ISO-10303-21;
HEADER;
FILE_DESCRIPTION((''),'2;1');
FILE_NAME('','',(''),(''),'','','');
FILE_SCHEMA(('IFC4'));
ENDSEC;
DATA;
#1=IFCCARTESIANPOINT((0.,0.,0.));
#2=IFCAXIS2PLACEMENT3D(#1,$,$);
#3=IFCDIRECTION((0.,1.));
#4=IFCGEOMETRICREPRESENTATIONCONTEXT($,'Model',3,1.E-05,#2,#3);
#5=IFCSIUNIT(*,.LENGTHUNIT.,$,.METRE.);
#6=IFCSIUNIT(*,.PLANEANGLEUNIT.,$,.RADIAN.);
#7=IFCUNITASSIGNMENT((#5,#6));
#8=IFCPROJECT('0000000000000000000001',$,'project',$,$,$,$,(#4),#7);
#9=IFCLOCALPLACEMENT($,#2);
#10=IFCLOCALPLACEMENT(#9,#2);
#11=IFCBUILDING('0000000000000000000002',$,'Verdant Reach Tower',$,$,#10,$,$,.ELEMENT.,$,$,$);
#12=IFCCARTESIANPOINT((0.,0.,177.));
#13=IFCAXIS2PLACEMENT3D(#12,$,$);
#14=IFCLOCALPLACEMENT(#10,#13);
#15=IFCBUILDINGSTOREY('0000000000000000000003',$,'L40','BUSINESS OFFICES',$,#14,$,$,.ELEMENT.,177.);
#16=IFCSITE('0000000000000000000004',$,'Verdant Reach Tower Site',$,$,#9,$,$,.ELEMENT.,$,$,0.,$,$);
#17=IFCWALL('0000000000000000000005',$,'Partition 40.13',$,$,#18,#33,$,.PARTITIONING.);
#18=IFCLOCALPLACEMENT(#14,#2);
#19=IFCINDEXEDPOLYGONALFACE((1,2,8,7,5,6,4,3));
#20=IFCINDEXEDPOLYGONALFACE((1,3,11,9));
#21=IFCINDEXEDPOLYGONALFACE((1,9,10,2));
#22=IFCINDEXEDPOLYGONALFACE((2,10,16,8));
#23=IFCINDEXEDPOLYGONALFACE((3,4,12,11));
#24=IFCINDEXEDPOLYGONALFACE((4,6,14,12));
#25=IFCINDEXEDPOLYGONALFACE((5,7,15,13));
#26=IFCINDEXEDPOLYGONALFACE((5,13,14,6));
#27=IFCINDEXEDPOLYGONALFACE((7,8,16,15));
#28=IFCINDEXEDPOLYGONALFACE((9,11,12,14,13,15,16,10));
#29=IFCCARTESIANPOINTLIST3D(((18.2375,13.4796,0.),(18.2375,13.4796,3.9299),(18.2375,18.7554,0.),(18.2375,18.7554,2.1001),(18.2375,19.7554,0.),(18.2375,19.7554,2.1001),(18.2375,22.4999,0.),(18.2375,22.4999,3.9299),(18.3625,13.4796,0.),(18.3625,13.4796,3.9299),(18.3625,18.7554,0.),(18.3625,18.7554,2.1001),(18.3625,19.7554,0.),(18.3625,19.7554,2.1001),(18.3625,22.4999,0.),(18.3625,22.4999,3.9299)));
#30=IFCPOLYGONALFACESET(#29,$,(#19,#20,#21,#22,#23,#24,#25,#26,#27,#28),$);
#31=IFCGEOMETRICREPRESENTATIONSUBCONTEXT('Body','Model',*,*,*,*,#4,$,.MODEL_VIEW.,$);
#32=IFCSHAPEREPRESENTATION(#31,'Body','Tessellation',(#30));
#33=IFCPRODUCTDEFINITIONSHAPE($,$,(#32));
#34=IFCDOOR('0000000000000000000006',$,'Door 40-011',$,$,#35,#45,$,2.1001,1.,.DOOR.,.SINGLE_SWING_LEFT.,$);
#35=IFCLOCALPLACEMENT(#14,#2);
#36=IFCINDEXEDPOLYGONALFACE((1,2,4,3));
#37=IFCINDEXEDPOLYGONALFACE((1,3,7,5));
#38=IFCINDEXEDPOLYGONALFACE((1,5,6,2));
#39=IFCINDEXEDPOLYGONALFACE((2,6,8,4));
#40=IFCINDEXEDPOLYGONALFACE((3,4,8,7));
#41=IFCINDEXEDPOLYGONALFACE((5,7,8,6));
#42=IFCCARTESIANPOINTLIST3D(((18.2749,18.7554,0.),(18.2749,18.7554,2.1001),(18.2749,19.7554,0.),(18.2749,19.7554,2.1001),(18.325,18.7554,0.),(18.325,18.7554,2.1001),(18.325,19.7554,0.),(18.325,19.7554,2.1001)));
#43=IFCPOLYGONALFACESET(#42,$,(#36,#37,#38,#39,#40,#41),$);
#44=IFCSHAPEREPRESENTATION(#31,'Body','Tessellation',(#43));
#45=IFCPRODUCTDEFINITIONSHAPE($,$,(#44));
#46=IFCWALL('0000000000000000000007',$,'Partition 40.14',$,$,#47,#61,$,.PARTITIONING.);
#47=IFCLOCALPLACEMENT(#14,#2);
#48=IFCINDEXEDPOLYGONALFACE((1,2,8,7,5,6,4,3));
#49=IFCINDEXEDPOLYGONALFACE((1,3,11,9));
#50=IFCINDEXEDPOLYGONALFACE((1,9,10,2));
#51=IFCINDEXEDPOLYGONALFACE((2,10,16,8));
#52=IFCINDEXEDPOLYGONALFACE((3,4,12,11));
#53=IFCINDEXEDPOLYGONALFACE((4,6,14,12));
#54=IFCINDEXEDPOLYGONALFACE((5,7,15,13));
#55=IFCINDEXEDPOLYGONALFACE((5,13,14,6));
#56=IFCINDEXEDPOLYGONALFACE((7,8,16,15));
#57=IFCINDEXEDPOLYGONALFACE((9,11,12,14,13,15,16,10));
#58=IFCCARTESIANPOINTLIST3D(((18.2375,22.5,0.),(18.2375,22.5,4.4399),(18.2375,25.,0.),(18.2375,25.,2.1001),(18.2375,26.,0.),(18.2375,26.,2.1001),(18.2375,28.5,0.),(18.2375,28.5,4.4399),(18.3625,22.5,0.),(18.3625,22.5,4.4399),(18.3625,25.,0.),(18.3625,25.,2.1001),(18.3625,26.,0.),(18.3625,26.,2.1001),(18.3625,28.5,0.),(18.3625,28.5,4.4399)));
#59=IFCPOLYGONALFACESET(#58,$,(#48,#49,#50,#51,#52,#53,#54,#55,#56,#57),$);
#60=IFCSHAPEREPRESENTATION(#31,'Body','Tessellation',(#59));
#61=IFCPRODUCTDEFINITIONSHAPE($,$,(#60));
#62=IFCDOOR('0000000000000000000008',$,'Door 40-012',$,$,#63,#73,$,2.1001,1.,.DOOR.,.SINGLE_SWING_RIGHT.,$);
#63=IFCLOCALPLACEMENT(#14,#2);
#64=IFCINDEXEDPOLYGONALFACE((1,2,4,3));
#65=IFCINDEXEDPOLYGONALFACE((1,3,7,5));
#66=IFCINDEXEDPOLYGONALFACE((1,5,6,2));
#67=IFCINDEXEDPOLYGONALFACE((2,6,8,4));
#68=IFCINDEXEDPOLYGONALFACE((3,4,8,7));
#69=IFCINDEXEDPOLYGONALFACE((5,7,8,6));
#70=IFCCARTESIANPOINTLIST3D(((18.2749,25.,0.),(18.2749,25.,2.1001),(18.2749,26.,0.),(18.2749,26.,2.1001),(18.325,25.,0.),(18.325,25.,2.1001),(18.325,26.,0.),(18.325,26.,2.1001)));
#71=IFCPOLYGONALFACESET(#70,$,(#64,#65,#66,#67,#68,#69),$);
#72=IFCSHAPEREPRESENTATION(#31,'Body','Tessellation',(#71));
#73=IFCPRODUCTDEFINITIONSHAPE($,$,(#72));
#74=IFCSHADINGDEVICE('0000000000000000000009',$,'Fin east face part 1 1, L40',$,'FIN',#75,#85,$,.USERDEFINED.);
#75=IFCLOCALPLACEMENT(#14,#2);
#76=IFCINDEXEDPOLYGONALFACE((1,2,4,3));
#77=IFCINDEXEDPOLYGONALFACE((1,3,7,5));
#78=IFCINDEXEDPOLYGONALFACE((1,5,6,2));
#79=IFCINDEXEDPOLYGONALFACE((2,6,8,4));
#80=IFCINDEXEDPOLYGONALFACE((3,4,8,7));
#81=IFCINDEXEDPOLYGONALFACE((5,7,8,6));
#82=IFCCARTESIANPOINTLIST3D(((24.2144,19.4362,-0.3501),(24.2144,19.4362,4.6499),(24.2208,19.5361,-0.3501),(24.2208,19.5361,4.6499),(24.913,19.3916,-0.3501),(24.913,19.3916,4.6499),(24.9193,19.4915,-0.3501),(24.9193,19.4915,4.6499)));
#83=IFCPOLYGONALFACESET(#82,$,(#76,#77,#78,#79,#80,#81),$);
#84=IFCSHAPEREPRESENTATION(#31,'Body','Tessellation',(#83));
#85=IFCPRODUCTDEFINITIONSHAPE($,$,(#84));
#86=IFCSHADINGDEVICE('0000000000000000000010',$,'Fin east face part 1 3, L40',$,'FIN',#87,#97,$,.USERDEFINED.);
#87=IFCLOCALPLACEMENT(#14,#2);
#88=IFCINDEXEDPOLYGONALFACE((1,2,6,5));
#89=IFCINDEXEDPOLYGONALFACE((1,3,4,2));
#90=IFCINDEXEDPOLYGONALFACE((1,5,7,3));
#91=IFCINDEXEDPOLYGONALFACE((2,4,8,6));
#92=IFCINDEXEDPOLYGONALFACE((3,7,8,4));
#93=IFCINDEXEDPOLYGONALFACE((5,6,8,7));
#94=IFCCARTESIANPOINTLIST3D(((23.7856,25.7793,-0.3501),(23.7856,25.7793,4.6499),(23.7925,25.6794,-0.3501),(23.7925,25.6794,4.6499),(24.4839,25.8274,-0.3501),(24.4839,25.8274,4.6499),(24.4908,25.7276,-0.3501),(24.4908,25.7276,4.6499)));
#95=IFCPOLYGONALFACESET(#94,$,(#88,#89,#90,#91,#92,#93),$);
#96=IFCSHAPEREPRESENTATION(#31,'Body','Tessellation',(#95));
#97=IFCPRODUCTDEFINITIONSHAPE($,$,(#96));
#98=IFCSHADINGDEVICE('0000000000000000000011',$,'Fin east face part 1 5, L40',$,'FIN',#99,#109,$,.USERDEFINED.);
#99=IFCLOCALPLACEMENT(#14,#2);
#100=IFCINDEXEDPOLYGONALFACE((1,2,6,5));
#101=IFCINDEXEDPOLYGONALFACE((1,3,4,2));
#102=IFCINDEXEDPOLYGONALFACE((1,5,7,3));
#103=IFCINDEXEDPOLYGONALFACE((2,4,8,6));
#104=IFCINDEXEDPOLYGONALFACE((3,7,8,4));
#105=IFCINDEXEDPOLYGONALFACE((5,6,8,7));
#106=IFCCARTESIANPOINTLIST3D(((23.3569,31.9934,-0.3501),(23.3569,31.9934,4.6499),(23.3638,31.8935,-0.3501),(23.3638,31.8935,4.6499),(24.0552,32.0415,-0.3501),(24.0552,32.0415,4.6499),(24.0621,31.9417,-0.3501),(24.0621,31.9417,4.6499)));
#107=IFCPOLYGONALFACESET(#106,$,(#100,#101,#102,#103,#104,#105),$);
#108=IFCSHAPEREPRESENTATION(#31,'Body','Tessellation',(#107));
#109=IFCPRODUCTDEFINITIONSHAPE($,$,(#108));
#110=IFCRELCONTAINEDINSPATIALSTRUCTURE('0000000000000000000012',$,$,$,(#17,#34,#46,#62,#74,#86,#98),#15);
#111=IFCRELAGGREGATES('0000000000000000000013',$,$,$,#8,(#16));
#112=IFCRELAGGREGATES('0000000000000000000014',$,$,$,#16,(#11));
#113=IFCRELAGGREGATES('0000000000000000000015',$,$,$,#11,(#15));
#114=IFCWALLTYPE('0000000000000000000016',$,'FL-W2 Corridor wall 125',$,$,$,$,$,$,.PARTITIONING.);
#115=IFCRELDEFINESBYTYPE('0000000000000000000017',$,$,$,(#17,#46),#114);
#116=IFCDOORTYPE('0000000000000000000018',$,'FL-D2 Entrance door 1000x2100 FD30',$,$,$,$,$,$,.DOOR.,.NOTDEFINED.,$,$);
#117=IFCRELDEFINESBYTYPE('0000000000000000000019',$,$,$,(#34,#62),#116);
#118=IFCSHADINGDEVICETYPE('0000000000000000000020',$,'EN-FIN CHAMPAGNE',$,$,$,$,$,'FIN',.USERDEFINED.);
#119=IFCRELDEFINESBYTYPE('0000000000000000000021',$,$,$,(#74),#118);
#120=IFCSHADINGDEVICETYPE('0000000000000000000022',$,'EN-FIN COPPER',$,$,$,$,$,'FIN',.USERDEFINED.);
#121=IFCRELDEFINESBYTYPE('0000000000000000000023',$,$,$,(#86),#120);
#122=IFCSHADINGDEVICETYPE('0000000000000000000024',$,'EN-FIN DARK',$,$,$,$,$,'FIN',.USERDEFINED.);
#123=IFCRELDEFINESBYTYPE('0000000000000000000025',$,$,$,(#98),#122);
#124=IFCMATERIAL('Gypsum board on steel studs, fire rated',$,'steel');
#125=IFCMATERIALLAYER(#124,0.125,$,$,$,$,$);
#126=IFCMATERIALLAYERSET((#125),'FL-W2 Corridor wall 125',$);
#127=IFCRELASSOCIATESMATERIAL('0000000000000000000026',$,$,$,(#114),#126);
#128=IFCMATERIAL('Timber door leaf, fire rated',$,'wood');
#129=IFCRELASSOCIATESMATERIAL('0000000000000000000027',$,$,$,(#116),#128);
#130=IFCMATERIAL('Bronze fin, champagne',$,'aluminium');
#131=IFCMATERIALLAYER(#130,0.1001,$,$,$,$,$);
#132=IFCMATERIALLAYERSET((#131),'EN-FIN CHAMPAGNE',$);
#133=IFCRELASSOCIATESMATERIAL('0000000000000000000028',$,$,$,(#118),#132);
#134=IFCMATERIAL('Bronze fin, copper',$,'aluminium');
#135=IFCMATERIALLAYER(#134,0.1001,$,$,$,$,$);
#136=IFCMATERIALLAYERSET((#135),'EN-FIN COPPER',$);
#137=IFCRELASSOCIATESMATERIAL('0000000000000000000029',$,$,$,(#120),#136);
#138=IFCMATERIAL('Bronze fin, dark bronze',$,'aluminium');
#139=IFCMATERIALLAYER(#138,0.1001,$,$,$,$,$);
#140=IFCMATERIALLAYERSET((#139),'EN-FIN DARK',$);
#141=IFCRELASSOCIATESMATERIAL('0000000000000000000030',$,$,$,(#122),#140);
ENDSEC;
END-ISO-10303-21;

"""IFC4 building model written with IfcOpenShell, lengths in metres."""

from ifc_helpers import new_model, si_unit, direction, frame, frame_2d, origin, origin_2d, place, context, subcontext, project, spatial, rectangle, extrude, material, layer, layer_set, type_object, element, fill, save


model = new_model("IFC4")

# Units and contexts
model_context = context("Model", 3, precision=1e-05, world=origin(), true_north=direction((0.0, 1.0)))
body_context = subcontext(model_context, "Body", "Model", "MODEL_VIEW")
ifc_project = project(units=[si_unit("LENGTHUNIT", "METRE"), si_unit("PLANEANGLEUNIT", "RADIAN")], contexts=[model_context])

# Site, building, storey
site_placement = place(None, origin())
site = spatial("IfcSite", under=ifc_project, at=site_placement, Name="Verdant Reach Tower Site", CompositionType="ELEMENT", RefElevation=0.0)
building_placement = place(site_placement, origin())
building = spatial("IfcBuilding", under=site, at=building_placement, Name="Verdant Reach Tower", CompositionType="ELEMENT")
storey_placement = place(building_placement, frame((0.0, 0.0, 177.0)))
storey = spatial("IfcBuildingStorey", under=building, at=storey_placement, Name="L40", Description="BUSINESS OFFICES", CompositionType="ELEMENT", Elevation=177.0)

# Walls, openings, doors
ifc_material_1 = material(Name="Gypsum board on steel studs, fire rated", Category="steel")
ifc_layer_1 = layer(ifc_material_1, 0.125)
ifc_layer_set_1 = layer_set([ifc_layer_1], Name="FL-W2 Corridor wall 125")
wall_type_1 = type_object("IfcWallType", Name="FL-W2 Corridor wall 125", PredefinedType="PARTITIONING", material=ifc_layer_set_1)
wall_1_placement = place(storey_placement, frame((18.3, 22.5, 0.0), z_axis=(0.0, 0.0, 1.0), x_axis=(0.0, -1.0, 0.0)))
wall_1 = element("IfcWall", 1, at=wall_1_placement, inside=storey, type_object=wall_type_1, Name="Partition 40.13", PredefinedType="PARTITIONING", context=body_context, shape_type="SweptSolid", body=[
    extrude(rectangle(XDim=9.0203, YDim=0.125, at=frame_2d((4.5103, 0.0))), origin(), (0.0, 0.0, 1.0), 3.9299),
])
opening_1_placement = place(wall_1_placement, frame((2.7446, 0.0, 0.0)))
opening_1 = element("IfcOpeningElement", 2, at=opening_1_placement, cuts=wall_1, PredefinedType="OPENING", context=body_context, shape_type="SweptSolid", body=[
    extrude(rectangle(XDim=1.0, YDim=2.1001, at=frame_2d((0.5, 1.05))), frame((0.0, 0.0725, 0.0), z_axis=(0.0, -1.0, 0.0), x_axis=(1.0, 0.0, 0.0)), (0.0, 0.0, 1.0), 0.145),
])
ifc_material_2 = material(Name="Timber door leaf, fire rated", Category="wood")
door_type = type_object("IfcDoorType", Name="FL-D2 Entrance door 1000x2100 FD30", OperationType="NOTDEFINED", PredefinedType="DOOR", material=ifc_material_2)
door_1_placement = place(opening_1_placement, origin())
door_1 = element("IfcDoor", 3, at=door_1_placement, inside=storey, type_object=door_type, Name="Door 40-011", OperationType="SINGLE_SWING_LEFT", OverallHeight=2.1001, OverallWidth=1.0, PredefinedType="DOOR", context=body_context, shape_type="SweptSolid", body=[
    extrude(rectangle(XDim=1.0, YDim=2.1001, at=frame_2d((0.5, 1.05))), frame((0.0, 0.0249, 0.0), z_axis=(0.0, -1.0, 0.0), x_axis=(1.0, 0.0, 0.0)), (0.0, 0.0, 1.0), 0.05),
])
fill(opening_1, door_1)
wall_2_placement = place(storey_placement, frame((18.3, 28.5, 0.0), z_axis=(0.0, 0.0, 1.0), x_axis=(0.0, -1.0, 0.0)))
wall_2 = element("IfcWall", 4, at=wall_2_placement, inside=storey, type_object=wall_type_1, Name="Partition 40.14", PredefinedType="PARTITIONING", context=body_context, shape_type="SweptSolid", body=[
    extrude(rectangle(XDim=6.0, YDim=0.125, at=frame_2d((3.0, 0.0))), origin(), (0.0, 0.0, 1.0), 4.4399),
])
opening_2_placement = place(wall_2_placement, frame((2.5, 0.0, 0.0)))
opening_2 = element("IfcOpeningElement", 5, at=opening_2_placement, cuts=wall_2, PredefinedType="OPENING", context=body_context, shape_type="SweptSolid", body=[
    extrude(rectangle(XDim=1.0, YDim=2.1001, at=frame_2d((0.5, 1.05))), frame((0.0, 0.0725, 0.0), z_axis=(0.0, -1.0, 0.0), x_axis=(1.0, 0.0, 0.0)), (0.0, 0.0, 1.0), 0.145),
])
door_2_placement = place(opening_2_placement, origin())
door_2 = element("IfcDoor", 6, at=door_2_placement, inside=storey, type_object=door_type, Name="Door 40-012", OperationType="SINGLE_SWING_RIGHT", OverallHeight=2.1001, OverallWidth=1.0, PredefinedType="DOOR", context=body_context, shape_type="SweptSolid", body=[
    extrude(rectangle(XDim=1.0, YDim=2.1001, at=frame_2d((0.5, 1.05))), frame((0.0, 0.0249, 0.0), z_axis=(0.0, -1.0, 0.0), x_axis=(1.0, 0.0, 0.0)), (0.0, 0.0, 1.0), 0.05),
])
fill(opening_2, door_2)

# Shading devices
ifc_material_3 = material(Name="Bronze fin, champagne", Category="aluminium")
ifc_layer_2 = layer(ifc_material_3, 0.1001)
ifc_layer_set_2 = layer_set([ifc_layer_2], Name="EN-FIN CHAMPAGNE")
shading_device_type_1 = type_object("IfcShadingDeviceType", Name="EN-FIN CHAMPAGNE", ElementType="FIN", PredefinedType="USERDEFINED", material=ifc_layer_set_2)
shading_device_1_placement = place(storey_placement, frame((24.5669, 19.4639, -0.3501), z_axis=(0.0, 0.0, 1.0), x_axis=(0.063699, 0.997969, 0.0)))
element("IfcShadingDevice", 7, at=shading_device_1_placement, inside=storey, type_object=shading_device_type_1, Name="Fin east face part 1 1, L40", ObjectType="FIN", PredefinedType="USERDEFINED", context=body_context, shape_type="SweptSolid", body=[
    extrude(rectangle(XDim=0.1001, YDim=0.7, at=origin_2d()), origin(), (0.0, 0.0, 1.0), 5.0),
])
ifc_material_4 = material(Name="Bronze fin, copper", Category="aluminium")
ifc_layer_3 = layer(ifc_material_4, 0.1001)
ifc_layer_set_3 = layer_set([ifc_layer_3], Name="EN-FIN COPPER")
shading_device_type_2 = type_object("IfcShadingDeviceType", Name="EN-FIN COPPER", ElementType="FIN", PredefinedType="USERDEFINED", material=ifc_layer_set_3)
shading_device_2_placement = place(storey_placement, frame((24.1382, 25.7534, -0.3501), z_axis=(0.0, 0.0, 1.0), x_axis=(-0.068802, 0.99763, 0.0)))
element("IfcShadingDevice", 8, at=shading_device_2_placement, inside=storey, type_object=shading_device_type_2, Name="Fin east face part 1 3, L40", ObjectType="FIN", PredefinedType="USERDEFINED", context=body_context, shape_type="SweptSolid", body=[
    extrude(rectangle(XDim=0.1001, YDim=0.7, at=origin_2d()), origin(), (0.0, 0.0, 1.0), 5.0),
])
ifc_material_5 = material(Name="Bronze fin, dark bronze", Category="aluminium")
ifc_layer_4 = layer(ifc_material_5, 0.1001)
ifc_layer_set_4 = layer_set([ifc_layer_4], Name="EN-FIN DARK")
shading_device_type_3 = type_object("IfcShadingDeviceType", Name="EN-FIN DARK", ElementType="FIN", PredefinedType="USERDEFINED", material=ifc_layer_set_4)
shading_device_3_placement = place(storey_placement, frame((23.7095, 31.9675, -0.3501), z_axis=(0.0, 0.0, 1.0), x_axis=(-0.068802, 0.99763, 0.0)))
element("IfcShadingDevice", 9, at=shading_device_3_placement, inside=storey, type_object=shading_device_type_3, Name="Fin east face part 1 5, L40", ObjectType="FIN", PredefinedType="USERDEFINED", context=body_context, shape_type="SweptSolid", body=[
    extrude(rectangle(XDim=0.1001, YDim=0.7, at=origin_2d()), origin(), (0.0, 0.0, 1.0), 5.0),
])

save(model, "model.ifc")
